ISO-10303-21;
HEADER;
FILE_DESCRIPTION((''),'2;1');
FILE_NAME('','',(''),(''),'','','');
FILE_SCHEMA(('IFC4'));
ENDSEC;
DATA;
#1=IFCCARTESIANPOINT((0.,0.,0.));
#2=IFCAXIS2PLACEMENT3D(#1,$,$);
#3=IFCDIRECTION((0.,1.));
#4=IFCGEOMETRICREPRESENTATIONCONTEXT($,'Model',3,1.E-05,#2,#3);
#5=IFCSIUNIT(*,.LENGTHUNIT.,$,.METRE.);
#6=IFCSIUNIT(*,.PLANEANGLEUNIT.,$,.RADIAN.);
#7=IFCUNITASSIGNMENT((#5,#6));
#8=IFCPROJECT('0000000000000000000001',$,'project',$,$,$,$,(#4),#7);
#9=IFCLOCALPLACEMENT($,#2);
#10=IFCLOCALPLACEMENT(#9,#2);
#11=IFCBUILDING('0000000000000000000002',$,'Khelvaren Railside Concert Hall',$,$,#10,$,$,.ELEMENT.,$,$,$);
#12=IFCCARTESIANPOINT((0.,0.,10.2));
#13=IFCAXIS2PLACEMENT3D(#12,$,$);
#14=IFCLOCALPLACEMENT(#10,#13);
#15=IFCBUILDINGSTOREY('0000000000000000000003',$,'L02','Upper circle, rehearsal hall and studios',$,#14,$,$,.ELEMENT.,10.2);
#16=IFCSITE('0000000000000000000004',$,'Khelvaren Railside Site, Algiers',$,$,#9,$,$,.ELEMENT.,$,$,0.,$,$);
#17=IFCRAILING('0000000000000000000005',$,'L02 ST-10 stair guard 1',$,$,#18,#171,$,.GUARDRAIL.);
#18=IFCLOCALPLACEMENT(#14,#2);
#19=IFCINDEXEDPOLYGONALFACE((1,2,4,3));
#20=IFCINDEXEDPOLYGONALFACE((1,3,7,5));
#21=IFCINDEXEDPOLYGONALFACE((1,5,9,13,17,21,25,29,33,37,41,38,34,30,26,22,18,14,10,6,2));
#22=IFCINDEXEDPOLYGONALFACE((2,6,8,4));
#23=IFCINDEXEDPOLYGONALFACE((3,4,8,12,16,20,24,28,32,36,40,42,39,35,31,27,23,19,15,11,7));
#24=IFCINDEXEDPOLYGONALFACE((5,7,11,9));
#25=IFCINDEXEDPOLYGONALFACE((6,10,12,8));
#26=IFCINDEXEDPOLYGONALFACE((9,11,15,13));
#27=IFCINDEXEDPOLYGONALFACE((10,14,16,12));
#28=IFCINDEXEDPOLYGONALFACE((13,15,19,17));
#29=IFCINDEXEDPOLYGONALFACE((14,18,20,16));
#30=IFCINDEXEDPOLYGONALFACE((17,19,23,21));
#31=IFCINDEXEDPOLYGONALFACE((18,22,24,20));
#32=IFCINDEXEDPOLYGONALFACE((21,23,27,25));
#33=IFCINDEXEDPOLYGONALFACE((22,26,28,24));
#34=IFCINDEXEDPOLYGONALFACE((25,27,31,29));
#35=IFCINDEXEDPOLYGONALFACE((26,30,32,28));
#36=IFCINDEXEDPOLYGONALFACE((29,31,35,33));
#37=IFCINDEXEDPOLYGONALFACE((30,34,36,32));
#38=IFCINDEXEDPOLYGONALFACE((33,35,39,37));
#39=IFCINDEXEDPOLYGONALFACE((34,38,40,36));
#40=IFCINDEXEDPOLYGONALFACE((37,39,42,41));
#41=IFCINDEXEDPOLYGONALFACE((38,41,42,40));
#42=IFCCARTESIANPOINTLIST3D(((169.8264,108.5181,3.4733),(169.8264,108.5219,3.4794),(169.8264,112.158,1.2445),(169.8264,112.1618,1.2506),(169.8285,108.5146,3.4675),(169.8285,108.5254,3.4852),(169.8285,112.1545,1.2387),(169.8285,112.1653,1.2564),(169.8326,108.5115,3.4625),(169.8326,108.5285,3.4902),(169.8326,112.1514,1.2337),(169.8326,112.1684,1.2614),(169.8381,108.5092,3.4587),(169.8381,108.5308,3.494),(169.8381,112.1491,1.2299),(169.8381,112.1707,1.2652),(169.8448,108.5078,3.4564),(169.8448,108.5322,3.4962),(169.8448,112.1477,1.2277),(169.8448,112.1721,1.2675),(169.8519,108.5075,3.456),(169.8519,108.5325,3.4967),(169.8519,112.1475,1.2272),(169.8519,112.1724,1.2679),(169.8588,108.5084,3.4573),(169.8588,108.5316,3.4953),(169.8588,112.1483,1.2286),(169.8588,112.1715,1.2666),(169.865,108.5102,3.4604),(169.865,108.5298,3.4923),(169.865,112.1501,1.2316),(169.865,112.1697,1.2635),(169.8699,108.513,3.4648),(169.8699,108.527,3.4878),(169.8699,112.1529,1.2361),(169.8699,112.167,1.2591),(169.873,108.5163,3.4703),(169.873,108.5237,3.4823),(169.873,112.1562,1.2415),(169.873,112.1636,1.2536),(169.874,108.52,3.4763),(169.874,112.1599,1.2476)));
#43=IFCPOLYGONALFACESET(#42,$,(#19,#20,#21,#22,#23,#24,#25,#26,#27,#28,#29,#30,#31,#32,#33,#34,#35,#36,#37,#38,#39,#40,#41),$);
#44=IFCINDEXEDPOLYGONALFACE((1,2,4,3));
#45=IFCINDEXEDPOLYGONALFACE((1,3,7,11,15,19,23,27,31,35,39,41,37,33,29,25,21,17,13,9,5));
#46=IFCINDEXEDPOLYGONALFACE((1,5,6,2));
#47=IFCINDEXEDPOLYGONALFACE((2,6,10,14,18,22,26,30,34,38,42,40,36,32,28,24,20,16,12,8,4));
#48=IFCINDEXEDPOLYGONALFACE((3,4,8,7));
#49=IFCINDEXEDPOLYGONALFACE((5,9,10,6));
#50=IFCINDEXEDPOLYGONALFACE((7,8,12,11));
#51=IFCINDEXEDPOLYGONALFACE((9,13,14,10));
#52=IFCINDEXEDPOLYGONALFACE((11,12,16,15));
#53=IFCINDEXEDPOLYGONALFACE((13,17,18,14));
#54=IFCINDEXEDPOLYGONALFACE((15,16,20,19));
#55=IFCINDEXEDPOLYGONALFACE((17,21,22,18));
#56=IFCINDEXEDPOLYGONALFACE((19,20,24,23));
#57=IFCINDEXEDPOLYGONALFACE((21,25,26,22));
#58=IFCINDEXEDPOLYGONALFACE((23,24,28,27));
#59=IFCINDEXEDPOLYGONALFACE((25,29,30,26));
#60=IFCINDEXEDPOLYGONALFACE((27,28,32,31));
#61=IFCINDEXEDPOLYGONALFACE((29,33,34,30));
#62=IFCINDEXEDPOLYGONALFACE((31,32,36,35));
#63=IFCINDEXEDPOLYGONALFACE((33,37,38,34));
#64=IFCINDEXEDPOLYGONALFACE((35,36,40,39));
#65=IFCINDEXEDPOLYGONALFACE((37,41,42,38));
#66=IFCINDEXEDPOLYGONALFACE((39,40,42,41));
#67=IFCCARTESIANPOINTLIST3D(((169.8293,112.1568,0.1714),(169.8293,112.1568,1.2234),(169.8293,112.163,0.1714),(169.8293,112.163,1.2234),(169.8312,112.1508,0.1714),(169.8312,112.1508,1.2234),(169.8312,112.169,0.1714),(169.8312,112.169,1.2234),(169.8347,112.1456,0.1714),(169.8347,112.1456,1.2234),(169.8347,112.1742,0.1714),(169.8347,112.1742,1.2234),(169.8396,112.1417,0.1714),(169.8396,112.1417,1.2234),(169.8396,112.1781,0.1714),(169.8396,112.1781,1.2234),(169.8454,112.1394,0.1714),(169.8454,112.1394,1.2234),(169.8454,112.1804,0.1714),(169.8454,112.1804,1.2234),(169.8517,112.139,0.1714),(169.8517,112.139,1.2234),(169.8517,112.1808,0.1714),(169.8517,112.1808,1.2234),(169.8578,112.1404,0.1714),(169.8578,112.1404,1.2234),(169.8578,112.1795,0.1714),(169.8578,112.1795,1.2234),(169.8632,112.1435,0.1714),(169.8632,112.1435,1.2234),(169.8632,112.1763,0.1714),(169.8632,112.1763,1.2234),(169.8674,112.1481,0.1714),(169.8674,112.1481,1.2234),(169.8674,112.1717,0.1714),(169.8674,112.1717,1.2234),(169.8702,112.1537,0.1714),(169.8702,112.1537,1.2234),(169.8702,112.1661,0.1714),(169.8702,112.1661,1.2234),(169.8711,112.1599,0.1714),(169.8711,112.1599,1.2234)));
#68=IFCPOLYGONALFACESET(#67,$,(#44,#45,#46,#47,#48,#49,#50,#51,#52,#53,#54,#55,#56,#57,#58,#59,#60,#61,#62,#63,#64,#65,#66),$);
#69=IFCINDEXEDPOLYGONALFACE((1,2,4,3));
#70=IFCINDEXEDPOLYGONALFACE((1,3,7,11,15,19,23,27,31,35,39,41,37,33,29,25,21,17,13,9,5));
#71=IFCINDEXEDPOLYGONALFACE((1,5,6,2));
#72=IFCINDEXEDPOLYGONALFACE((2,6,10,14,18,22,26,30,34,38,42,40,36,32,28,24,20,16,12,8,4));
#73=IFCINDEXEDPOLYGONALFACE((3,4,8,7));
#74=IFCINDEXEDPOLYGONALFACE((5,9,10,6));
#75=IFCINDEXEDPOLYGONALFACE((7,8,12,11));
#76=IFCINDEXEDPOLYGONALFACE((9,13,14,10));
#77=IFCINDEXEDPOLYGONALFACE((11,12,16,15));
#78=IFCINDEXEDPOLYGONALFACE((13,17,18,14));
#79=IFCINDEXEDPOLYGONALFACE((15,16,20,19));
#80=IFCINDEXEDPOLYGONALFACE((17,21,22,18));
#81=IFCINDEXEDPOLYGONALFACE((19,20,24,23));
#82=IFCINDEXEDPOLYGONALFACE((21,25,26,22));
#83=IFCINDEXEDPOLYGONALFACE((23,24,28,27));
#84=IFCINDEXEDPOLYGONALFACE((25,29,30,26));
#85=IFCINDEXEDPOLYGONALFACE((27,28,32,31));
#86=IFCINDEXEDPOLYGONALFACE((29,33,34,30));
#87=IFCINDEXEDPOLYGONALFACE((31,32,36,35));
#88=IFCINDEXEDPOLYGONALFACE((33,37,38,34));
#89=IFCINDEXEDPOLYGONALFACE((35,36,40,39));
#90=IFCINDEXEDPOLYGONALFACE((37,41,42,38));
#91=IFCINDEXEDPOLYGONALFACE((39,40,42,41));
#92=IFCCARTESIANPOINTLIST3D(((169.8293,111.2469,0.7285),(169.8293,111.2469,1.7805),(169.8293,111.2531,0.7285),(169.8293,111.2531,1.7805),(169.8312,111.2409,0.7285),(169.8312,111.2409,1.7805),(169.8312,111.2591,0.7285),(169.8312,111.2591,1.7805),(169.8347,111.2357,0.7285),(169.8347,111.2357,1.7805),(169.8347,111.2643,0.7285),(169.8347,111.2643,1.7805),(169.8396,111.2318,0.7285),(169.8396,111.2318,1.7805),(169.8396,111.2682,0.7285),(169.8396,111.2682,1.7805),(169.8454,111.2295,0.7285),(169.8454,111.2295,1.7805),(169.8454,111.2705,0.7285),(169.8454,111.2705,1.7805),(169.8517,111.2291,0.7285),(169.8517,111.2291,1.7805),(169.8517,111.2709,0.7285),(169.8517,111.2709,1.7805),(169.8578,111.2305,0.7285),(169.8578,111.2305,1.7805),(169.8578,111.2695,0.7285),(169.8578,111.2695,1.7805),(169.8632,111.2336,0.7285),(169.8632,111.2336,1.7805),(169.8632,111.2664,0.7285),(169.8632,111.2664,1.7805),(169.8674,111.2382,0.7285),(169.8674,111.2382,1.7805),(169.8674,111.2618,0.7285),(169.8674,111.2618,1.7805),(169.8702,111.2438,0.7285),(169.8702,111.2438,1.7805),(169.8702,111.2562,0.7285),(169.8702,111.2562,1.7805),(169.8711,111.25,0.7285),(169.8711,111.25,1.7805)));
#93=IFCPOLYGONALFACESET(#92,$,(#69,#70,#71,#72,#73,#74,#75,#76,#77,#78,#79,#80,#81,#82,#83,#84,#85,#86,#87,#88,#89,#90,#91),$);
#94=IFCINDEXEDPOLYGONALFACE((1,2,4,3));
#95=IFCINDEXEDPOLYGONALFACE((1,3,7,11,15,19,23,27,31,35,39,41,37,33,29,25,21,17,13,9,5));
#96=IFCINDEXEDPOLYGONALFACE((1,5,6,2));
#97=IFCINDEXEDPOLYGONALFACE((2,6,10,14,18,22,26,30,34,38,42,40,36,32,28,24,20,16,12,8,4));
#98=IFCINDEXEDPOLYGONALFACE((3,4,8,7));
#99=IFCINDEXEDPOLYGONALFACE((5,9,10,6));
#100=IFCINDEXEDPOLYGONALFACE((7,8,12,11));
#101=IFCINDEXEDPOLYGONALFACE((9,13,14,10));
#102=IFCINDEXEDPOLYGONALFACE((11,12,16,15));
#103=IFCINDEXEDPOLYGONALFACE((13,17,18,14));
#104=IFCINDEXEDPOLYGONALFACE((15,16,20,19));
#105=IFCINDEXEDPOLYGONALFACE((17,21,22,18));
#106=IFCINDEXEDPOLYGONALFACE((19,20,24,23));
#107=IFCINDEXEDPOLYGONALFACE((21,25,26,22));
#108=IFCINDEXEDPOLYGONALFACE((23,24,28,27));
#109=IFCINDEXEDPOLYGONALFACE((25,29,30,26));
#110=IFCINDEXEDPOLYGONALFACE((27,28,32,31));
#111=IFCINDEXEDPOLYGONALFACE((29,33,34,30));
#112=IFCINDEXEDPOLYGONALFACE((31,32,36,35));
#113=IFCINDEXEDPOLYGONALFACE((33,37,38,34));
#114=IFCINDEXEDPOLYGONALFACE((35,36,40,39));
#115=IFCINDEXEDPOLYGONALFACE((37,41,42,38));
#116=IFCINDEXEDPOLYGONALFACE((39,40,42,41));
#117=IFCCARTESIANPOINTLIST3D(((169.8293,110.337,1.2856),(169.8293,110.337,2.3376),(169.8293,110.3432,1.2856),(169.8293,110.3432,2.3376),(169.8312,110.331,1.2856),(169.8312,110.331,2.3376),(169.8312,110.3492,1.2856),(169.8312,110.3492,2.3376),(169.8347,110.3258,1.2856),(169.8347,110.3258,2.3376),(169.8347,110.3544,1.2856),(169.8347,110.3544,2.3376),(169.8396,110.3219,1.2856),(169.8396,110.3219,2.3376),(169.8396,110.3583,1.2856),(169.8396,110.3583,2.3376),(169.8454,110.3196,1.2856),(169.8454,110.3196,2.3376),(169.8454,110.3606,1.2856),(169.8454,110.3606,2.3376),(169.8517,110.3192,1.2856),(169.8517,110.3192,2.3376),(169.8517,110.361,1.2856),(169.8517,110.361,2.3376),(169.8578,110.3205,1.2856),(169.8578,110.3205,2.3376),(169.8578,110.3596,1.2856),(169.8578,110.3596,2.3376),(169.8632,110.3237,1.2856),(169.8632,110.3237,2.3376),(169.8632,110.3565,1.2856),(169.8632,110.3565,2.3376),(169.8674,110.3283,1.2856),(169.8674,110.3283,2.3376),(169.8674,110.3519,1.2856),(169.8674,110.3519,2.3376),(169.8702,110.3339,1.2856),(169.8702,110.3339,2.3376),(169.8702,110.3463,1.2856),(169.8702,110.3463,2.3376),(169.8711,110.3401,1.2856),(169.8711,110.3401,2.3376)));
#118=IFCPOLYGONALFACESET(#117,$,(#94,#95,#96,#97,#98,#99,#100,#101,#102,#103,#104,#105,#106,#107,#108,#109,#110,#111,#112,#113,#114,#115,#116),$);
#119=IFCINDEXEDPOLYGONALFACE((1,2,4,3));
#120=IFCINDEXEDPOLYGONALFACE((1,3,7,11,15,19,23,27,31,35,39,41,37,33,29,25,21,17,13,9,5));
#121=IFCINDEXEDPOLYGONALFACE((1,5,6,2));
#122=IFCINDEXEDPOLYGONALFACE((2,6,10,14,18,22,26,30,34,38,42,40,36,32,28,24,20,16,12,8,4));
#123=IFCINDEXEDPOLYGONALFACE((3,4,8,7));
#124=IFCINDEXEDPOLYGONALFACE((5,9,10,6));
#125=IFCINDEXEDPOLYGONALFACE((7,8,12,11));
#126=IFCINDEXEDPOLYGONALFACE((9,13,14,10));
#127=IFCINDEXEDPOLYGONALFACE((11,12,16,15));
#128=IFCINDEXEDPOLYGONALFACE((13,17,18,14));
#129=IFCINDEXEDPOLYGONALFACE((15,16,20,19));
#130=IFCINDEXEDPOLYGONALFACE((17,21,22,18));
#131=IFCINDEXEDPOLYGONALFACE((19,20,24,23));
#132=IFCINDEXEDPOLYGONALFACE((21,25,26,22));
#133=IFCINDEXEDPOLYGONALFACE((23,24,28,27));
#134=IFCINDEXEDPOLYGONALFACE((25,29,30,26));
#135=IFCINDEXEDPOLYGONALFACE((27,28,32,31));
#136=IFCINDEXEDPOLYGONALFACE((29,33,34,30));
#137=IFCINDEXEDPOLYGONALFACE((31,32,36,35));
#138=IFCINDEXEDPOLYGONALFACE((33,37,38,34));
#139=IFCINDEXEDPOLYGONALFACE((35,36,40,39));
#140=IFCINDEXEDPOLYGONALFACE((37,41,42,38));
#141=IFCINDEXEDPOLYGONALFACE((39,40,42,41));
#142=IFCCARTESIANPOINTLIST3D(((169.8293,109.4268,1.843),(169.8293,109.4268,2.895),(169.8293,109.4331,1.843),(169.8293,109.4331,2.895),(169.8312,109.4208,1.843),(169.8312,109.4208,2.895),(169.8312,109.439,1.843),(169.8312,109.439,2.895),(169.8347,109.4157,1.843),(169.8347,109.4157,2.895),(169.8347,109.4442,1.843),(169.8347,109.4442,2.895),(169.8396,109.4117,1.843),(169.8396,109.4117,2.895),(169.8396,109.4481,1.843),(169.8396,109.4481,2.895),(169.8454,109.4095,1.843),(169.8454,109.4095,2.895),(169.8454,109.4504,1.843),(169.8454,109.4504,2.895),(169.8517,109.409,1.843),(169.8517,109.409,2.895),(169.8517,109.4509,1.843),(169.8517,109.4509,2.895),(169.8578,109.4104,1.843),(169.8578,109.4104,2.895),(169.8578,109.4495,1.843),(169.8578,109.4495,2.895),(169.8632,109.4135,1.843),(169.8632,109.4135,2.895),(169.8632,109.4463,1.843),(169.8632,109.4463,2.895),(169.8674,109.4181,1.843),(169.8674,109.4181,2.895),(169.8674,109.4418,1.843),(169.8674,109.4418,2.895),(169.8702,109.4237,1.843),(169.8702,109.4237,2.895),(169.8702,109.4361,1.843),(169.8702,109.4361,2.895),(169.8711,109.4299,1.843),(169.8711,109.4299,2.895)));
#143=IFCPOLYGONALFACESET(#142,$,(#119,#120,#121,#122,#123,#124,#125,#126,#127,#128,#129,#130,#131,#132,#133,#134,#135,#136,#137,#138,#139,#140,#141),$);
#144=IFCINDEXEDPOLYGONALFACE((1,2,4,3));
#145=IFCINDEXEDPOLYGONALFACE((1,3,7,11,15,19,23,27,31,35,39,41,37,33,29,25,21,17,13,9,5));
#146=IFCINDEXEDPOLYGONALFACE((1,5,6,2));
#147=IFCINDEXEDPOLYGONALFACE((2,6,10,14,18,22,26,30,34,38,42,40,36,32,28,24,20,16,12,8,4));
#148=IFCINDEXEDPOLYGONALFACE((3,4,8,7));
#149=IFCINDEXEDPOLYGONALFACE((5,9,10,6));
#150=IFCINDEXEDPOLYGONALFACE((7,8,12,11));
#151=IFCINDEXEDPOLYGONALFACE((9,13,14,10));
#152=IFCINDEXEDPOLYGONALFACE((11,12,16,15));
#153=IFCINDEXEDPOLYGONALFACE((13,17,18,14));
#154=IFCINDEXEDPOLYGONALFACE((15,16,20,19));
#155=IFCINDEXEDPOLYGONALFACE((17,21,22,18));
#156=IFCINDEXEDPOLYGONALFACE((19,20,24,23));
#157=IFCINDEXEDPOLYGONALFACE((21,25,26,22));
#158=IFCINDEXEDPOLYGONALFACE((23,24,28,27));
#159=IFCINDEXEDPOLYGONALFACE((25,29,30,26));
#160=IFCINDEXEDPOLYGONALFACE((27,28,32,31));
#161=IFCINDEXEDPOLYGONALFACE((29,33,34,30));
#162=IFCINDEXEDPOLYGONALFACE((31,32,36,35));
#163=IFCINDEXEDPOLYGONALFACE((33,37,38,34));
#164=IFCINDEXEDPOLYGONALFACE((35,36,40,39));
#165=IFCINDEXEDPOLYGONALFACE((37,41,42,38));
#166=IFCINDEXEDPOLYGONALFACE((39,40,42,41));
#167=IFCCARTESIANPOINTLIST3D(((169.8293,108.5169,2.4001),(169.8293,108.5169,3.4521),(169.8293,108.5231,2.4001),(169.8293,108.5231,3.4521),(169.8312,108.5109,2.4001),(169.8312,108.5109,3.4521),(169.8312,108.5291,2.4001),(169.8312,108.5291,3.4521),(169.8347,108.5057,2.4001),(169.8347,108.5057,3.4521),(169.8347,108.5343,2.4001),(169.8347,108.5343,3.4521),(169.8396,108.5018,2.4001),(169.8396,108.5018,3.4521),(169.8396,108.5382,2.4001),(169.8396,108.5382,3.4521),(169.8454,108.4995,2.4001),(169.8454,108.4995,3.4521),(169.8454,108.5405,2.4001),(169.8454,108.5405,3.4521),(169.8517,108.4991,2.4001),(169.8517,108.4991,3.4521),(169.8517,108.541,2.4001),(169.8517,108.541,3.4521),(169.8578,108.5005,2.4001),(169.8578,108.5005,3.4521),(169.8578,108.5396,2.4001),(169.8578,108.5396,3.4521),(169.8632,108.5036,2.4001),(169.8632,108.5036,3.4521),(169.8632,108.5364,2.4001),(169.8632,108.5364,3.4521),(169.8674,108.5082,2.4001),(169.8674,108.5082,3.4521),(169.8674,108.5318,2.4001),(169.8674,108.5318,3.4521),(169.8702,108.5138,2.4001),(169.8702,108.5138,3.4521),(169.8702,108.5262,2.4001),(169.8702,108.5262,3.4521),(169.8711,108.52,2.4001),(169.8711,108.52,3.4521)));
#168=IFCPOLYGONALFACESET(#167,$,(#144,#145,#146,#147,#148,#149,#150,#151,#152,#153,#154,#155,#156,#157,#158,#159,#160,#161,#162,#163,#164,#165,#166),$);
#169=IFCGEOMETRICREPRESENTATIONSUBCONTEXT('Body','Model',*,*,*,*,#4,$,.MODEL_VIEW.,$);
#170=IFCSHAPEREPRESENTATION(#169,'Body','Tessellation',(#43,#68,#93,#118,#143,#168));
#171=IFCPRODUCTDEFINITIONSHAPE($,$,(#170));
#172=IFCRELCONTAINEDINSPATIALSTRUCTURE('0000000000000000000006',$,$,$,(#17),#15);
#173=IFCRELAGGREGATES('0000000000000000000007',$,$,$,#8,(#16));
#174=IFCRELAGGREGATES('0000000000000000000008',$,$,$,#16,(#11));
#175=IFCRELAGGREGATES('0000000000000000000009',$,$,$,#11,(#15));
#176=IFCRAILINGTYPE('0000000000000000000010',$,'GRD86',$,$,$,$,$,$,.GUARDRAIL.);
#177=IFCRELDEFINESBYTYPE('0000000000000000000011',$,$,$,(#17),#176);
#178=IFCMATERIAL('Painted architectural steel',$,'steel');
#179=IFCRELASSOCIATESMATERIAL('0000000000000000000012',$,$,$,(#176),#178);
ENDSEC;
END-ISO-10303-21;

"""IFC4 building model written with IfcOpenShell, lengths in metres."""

from ifc_helpers import new_model, si_unit, direction, frame, origin, origin_2d, place, context, subcontext, project, spatial, circle, extrude, material, type_object, element, save


model = new_model("IFC4")

# Units and contexts
model_context = context("Model", 3, precision=1e-05, world=origin(), true_north=direction((0.0, 1.0)))
body_context = subcontext(model_context, "Body", "Model", "MODEL_VIEW")
ifc_project = project(units=[si_unit("LENGTHUNIT", "METRE"), si_unit("PLANEANGLEUNIT", "RADIAN")], contexts=[model_context])

# Site, building, storey
site_placement = place(None, origin())
site = spatial("IfcSite", under=ifc_project, at=site_placement, Name="Khelvaren Railside Site, Algiers", CompositionType="ELEMENT", RefElevation=0.0)
building_placement = place(site_placement, origin())
building = spatial("IfcBuilding", under=site, at=building_placement, Name="Khelvaren Railside Concert Hall", CompositionType="ELEMENT")
storey_placement = place(building_placement, frame((0.0, 0.0, 10.2)))
storey = spatial("IfcBuildingStorey", under=building, at=storey_placement, Name="L02", Description="Upper circle, rehearsal hall and studios", CompositionType="ELEMENT", Elevation=10.2)

# Railing
ifc_material_1 = material(Name="Painted architectural steel", Category="steel")
railing_type_1 = type_object("IfcRailingType", Name="GRD86", PredefinedType="GUARDRAIL", material=ifc_material_1)
railing_1_placement = place(storey_placement, frame((169.8501, 112.1599, 0.1714)))
element("IfcRailing", 1, at=railing_1_placement, inside=storey, type_object=railing_type_1, Name="L02 ST-10 stair guard 1", PredefinedType="GUARDRAIL", context=body_context, shape_type="SweptSolid", body=[
    extrude(circle(Radius=0.0239, at=origin_2d()), frame((0.0, 0.0, 1.0762), z_axis=(0.0, -0.852825, 0.522197), x_axis=(1.0, 0.0, 0.0)), (0.0, 0.0, 1.0), 4.2681),
    extrude(circle(Radius=0.021, at=origin_2d()), origin(), (0.0, 0.0, 1.0), 1.052),
    extrude(circle(Radius=0.021, at=origin_2d()), frame((0.0, -0.9099, 0.5571)), (0.0, 0.0, 1.0), 1.052),
    extrude(circle(Radius=0.021, at=origin_2d()), frame((0.0, -1.8198, 1.1143)), (0.0, 0.0, 1.0), 1.052),
    extrude(circle(Radius=0.021, at=origin_2d()), frame((0.0, -2.73, 1.6716)), (0.0, 0.0, 1.0), 1.052),
    extrude(circle(Radius=0.021, at=origin_2d()), frame((0.0, -3.6399, 2.2288)), (0.0, 0.0, 1.0), 1.052),
])

save(model, "model.ifc")
